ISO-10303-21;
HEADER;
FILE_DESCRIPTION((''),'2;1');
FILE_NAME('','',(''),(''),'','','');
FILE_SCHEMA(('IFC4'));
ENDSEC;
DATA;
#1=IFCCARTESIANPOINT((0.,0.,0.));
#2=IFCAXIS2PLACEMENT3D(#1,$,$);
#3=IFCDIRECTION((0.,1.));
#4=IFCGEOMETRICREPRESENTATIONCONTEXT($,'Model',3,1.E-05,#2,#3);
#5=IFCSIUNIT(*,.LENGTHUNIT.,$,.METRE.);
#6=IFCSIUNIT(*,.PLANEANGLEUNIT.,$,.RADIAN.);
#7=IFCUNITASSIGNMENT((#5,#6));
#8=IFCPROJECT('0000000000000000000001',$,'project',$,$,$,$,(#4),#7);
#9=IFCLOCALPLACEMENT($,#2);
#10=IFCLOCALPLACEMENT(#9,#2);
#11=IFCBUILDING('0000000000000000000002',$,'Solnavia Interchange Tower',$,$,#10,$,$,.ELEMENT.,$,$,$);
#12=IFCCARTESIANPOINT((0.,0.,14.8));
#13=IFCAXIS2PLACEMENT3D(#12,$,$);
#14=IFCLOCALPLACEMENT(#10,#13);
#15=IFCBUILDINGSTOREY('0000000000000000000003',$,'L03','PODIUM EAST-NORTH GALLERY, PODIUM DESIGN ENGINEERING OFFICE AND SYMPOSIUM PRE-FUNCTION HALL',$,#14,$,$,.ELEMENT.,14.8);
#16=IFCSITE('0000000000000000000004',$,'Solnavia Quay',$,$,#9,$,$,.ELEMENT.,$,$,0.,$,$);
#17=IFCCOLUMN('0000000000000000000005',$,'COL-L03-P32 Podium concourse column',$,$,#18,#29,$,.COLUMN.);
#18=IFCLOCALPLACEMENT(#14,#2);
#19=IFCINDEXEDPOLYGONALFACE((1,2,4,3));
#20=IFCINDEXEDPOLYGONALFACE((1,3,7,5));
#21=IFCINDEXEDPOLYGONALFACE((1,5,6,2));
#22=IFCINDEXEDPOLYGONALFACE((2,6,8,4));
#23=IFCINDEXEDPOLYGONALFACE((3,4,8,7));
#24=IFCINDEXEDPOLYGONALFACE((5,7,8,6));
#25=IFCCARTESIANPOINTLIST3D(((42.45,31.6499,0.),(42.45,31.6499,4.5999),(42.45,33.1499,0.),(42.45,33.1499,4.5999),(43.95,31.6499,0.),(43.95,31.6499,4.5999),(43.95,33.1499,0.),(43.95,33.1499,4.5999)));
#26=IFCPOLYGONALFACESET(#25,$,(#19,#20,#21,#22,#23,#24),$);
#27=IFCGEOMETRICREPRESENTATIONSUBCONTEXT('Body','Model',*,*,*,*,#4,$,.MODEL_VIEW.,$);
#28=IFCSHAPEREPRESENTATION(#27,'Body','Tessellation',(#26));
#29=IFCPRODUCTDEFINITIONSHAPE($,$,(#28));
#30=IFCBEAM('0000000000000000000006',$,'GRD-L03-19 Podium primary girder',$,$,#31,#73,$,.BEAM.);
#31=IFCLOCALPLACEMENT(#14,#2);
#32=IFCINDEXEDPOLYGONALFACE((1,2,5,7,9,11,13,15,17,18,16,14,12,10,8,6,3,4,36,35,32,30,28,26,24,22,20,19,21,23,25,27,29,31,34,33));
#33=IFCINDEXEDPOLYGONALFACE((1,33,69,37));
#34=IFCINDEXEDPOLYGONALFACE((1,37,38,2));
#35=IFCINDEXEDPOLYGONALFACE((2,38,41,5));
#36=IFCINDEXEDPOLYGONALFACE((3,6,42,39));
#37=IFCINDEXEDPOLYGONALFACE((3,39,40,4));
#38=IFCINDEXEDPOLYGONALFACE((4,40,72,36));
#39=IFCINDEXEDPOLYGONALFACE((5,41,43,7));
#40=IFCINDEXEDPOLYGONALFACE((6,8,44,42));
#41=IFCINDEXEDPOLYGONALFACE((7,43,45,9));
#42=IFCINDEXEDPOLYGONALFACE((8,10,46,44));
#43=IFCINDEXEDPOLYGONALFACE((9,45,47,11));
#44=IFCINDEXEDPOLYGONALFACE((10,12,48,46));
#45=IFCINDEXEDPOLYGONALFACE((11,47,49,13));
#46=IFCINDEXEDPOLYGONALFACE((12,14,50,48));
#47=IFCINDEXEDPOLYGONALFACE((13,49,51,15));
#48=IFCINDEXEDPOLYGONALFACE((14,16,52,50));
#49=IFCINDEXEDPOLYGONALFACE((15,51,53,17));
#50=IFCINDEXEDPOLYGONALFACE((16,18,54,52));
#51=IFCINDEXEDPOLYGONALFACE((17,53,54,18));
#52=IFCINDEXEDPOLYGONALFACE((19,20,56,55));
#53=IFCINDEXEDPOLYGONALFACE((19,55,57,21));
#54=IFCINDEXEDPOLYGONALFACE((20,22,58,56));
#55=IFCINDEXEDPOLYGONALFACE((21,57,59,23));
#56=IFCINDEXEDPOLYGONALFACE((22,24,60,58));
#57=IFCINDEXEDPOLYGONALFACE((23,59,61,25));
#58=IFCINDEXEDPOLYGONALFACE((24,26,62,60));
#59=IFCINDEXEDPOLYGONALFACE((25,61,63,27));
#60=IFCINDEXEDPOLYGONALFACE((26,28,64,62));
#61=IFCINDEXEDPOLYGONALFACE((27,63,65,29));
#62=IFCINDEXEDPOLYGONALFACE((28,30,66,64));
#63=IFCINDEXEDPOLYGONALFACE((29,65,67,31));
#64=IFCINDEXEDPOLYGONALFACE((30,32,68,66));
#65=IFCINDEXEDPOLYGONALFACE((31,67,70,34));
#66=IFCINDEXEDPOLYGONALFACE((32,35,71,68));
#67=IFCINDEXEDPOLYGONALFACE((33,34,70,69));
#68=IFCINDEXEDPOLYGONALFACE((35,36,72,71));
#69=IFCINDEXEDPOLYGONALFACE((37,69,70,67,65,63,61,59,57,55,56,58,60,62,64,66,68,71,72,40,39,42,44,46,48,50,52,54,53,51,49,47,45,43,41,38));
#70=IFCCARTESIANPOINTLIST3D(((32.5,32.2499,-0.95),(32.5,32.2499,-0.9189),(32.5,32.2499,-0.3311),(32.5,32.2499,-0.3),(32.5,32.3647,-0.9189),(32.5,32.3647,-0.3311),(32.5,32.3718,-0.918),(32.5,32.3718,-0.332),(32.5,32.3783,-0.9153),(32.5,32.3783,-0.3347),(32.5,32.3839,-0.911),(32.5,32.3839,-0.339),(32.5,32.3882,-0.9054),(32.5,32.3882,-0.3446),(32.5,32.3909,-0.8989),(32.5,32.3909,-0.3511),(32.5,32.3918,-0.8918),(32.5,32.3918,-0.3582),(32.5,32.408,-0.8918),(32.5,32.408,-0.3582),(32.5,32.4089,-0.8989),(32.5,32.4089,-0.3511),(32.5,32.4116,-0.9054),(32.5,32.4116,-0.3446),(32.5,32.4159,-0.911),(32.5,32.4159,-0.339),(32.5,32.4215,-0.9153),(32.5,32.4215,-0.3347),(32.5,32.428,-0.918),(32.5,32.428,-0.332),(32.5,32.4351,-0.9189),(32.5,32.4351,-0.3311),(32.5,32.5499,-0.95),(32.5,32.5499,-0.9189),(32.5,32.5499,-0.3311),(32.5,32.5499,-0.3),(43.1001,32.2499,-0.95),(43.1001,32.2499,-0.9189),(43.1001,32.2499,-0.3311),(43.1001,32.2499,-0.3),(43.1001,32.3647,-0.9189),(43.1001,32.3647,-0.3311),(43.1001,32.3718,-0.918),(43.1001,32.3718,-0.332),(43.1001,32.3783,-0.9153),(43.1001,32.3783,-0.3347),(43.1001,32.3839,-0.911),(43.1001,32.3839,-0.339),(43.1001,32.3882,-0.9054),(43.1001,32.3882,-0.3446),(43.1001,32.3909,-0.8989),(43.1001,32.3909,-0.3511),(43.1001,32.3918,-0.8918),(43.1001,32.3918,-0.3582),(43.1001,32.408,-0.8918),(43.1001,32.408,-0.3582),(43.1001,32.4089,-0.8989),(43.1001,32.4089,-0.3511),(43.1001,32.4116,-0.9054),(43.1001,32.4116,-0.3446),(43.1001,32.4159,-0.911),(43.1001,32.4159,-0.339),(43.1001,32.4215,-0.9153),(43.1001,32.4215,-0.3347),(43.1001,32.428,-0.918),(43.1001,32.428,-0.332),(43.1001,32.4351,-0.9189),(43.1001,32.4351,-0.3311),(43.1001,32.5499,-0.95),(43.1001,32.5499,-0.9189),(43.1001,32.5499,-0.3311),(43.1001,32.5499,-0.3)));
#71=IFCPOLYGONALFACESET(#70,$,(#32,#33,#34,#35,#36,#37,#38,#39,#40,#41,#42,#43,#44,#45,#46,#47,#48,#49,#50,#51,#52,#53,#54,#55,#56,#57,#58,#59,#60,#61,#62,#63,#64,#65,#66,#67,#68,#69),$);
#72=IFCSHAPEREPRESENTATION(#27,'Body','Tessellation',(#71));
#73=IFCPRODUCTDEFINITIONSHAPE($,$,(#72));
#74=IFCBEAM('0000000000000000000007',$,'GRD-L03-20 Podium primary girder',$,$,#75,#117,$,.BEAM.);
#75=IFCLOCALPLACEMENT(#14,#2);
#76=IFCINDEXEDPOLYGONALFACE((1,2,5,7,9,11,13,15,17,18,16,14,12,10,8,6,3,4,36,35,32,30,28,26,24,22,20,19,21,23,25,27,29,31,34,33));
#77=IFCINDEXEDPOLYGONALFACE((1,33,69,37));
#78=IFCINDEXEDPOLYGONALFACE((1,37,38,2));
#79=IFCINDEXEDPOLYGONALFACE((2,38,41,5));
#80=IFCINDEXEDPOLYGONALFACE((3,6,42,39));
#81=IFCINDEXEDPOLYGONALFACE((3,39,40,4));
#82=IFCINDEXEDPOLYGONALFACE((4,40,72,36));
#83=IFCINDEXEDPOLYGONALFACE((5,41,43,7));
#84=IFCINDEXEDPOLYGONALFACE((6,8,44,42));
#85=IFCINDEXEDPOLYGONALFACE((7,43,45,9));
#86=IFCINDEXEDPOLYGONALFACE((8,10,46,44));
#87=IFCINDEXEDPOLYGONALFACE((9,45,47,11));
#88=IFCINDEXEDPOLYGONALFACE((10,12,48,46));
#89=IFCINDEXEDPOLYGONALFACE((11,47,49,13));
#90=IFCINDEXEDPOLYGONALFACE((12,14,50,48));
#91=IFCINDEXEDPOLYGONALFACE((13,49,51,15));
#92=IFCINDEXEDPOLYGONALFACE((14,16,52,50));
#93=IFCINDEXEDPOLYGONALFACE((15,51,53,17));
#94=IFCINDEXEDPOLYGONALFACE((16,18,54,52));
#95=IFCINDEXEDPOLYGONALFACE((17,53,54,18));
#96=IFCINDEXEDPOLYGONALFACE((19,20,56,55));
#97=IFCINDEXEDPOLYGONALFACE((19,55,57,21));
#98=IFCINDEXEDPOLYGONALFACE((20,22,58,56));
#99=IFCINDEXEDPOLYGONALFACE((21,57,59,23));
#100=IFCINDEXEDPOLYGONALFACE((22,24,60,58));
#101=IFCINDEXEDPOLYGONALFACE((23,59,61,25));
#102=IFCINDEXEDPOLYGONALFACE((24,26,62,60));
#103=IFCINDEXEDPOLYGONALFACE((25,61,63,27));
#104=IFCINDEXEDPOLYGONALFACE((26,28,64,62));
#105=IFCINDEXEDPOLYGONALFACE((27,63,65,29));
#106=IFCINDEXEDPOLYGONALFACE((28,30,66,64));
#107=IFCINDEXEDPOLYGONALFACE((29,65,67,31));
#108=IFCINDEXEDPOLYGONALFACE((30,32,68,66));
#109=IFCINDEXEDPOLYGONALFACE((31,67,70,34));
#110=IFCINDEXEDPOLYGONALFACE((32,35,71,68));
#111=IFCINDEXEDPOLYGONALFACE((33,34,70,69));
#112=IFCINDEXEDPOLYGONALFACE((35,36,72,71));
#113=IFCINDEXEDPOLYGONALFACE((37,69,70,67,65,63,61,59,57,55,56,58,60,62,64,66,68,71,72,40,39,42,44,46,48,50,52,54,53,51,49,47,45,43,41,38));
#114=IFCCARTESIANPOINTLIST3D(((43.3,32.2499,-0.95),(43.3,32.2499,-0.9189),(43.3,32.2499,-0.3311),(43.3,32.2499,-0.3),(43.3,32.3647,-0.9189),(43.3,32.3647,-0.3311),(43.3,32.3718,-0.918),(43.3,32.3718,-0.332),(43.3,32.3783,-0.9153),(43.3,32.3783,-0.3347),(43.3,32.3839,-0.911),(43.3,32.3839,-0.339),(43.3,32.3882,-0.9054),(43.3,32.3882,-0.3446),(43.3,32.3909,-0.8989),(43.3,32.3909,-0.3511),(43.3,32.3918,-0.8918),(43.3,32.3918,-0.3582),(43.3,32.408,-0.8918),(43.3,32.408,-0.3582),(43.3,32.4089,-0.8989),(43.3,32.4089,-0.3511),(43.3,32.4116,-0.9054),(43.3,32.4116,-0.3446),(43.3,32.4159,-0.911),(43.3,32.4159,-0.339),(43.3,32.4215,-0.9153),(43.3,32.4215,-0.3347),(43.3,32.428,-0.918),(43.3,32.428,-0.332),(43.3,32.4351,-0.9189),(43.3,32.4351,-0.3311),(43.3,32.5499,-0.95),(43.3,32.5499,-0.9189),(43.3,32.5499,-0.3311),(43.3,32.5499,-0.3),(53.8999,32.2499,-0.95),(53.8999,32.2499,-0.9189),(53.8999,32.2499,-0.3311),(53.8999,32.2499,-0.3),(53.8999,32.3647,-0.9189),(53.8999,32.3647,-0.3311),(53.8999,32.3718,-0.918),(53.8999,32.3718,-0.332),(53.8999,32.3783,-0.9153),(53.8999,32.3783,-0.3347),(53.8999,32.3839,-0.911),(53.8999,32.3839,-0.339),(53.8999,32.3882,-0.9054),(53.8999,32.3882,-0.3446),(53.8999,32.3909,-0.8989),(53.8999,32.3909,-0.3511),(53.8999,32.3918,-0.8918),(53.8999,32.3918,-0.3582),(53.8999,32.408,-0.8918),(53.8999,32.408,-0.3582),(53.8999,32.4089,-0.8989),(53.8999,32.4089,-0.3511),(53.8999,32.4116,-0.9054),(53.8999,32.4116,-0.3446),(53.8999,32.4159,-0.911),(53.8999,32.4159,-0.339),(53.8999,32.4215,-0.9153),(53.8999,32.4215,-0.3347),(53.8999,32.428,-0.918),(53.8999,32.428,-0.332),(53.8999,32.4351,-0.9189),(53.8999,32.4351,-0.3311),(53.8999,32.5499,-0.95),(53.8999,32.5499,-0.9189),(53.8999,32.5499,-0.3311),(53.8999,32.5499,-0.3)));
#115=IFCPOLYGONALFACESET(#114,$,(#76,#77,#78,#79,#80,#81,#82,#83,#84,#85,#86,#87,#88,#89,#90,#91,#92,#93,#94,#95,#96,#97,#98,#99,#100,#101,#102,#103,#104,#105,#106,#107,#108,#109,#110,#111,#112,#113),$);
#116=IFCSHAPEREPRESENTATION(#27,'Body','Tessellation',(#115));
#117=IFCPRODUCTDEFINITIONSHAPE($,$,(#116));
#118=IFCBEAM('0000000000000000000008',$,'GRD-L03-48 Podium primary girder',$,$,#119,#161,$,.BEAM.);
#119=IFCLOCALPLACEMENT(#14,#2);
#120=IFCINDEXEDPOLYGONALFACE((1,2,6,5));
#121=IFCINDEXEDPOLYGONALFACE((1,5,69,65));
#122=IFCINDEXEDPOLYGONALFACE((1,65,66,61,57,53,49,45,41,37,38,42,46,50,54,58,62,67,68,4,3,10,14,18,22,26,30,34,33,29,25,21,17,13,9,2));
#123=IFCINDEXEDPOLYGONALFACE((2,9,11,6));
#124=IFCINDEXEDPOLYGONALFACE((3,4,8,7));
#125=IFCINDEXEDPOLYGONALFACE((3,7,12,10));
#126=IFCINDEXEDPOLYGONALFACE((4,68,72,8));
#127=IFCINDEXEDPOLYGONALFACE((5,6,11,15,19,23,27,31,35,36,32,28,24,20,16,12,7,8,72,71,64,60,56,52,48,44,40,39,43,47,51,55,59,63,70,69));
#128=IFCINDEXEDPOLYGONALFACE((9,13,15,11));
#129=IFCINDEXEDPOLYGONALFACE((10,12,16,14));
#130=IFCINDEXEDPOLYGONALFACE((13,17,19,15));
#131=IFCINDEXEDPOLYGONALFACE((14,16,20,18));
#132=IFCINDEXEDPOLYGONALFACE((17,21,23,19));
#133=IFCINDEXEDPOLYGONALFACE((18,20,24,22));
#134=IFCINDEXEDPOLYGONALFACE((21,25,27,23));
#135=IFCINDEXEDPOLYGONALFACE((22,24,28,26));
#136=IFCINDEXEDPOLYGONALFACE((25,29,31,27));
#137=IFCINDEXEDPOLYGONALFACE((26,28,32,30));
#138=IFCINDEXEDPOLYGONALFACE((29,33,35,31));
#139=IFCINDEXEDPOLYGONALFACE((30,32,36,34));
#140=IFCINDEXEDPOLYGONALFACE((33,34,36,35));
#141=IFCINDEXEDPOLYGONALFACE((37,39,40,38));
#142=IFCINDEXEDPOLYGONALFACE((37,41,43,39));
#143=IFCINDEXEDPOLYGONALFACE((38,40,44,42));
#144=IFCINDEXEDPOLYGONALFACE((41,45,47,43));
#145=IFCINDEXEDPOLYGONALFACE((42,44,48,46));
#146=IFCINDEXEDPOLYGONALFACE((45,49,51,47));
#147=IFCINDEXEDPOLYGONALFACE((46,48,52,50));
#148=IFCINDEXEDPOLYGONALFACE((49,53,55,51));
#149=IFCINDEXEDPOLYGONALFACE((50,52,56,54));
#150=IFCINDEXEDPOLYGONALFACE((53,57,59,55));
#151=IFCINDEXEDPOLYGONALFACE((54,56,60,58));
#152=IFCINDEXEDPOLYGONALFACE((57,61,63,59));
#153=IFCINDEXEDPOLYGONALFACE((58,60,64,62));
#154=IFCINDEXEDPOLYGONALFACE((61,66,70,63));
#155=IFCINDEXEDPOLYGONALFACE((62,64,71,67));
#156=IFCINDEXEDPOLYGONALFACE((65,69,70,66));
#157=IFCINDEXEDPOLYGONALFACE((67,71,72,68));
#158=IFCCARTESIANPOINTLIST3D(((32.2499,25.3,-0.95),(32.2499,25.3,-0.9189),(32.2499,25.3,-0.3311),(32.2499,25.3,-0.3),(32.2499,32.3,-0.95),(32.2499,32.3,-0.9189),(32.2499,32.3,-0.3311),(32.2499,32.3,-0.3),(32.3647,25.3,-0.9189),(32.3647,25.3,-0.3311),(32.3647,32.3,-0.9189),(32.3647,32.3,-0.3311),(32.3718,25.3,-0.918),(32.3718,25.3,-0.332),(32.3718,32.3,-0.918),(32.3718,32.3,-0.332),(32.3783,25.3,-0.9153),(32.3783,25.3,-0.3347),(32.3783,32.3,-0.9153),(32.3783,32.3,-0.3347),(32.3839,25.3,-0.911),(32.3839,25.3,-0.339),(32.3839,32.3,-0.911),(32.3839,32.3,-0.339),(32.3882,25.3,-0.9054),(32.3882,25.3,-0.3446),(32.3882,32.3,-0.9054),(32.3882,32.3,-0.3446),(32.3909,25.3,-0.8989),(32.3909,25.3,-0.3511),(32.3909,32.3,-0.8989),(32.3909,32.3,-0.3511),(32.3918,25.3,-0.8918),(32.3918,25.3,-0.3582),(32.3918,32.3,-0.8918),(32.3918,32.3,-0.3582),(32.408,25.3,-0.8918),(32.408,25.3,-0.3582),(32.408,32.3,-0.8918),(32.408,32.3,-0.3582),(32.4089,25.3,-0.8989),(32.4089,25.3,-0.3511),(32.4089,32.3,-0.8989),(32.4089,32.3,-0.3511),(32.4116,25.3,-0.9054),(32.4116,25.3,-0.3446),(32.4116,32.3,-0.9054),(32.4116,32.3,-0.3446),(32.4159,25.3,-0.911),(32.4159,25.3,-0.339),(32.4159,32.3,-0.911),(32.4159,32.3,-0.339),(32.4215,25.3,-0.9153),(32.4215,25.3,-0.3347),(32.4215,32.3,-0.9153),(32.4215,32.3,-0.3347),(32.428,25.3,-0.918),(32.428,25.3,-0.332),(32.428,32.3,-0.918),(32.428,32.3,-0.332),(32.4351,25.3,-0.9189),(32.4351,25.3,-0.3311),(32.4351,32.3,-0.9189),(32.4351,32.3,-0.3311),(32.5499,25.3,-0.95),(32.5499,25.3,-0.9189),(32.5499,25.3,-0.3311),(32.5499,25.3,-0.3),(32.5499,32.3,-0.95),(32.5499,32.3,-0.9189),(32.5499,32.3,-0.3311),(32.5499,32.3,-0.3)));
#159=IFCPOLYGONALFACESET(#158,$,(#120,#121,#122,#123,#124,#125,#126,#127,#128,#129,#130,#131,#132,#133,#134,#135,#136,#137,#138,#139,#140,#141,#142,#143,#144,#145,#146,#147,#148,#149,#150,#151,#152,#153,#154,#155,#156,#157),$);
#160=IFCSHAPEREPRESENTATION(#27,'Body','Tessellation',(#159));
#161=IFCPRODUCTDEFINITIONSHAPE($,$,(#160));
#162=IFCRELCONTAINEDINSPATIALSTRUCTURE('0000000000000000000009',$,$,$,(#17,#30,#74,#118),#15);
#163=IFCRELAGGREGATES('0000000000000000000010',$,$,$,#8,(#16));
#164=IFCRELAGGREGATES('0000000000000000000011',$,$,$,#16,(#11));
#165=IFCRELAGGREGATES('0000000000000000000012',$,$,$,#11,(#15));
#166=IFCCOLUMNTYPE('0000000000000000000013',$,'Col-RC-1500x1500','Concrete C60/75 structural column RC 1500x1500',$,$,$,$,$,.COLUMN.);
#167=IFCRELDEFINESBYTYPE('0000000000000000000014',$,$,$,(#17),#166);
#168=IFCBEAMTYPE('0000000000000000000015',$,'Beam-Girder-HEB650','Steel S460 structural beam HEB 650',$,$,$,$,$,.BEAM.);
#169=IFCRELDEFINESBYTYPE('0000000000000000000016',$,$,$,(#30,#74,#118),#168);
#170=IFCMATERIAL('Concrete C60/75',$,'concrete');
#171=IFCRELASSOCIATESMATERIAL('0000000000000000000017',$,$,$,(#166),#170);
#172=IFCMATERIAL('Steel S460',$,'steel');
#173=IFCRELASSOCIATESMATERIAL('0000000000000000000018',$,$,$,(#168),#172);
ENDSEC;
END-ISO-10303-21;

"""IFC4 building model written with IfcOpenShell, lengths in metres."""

from ifc_helpers import new_model, si_unit, direction, frame, origin, origin_2d, place, context, subcontext, project, spatial, rectangle, i_section, extrude, material, material_profile, profile_set, type_object, element, save


model = new_model("IFC4")

# Units and contexts
model_context = context("Model", 3, precision=1e-05, world=origin(), true_north=direction((0.0, 1.0)))
body_context = subcontext(model_context, "Body", "Model", "MODEL_VIEW")
ifc_project = project(units=[si_unit("LENGTHUNIT", "METRE"), si_unit("PLANEANGLEUNIT", "RADIAN")], contexts=[model_context])

# Site, building, storey
site_placement = place(None, origin())
site = spatial("IfcSite", under=ifc_project, at=site_placement, Name="Solnavia Quay", CompositionType="ELEMENT", RefElevation=0.0)
building_placement = place(site_placement, origin())
building = spatial("IfcBuilding", under=site, at=building_placement, Name="Solnavia Interchange Tower", CompositionType="ELEMENT")
storey_placement = place(building_placement, frame((0.0, 0.0, 14.8)))
storey = spatial("IfcBuildingStorey", under=building, at=storey_placement, Name="L03", Description="PODIUM EAST-NORTH GALLERY, PODIUM DESIGN ENGINEERING OFFICE AND SYMPOSIUM PRE-FUNCTION HALL", CompositionType="ELEMENT", Elevation=14.8)

# Column
ifc_material_1 = material(Name="Concrete C60/75", Category="concrete")
ifc_material_profile_1 = material_profile(ifc_material_1, rectangle(XDim=1.5, YDim=1.5, at=origin_2d()), Name="RC 1500x1500")
ifc_profile_set_1 = profile_set([ifc_material_profile_1], Name="Concrete C60/75")
column_type = type_object("IfcColumnType", Name="Col-RC-1500x1500", Description="Concrete C60/75 structural column RC 1500x1500", PredefinedType="COLUMN", material=ifc_profile_set_1)
column_placement = place(storey_placement, frame((43.2, 32.3999, 0.0), z_axis=(0.0, 0.0, 1.0), x_axis=(1.0, 0.0, 0.0)))
element("IfcColumn", 1, at=column_placement, inside=storey, type_object=column_type, Name="COL-L03-P32 Podium concourse column", PredefinedType="COLUMN", context=body_context, shape_type="SweptSolid", body=[
    extrude(rectangle(XDim=1.5, YDim=1.5, at=origin_2d()), origin(), (0.0, 0.0, 1.0), 4.5999),
])

# Beams
ifc_material_2 = material(Name="Steel S460", Category="steel")
ifc_material_profile_2 = material_profile(ifc_material_2, i_section(OverallWidth=0.3, OverallDepth=0.6499, WebThickness=0.0161, FlangeThickness=0.031, FilletRadius=0.0271, at=origin_2d()), Name="HEB 650")
ifc_profile_set_2 = profile_set([ifc_material_profile_2], Name="Steel S460")
beam_type_1 = type_object("IfcBeamType", Name="Beam-Girder-HEB650", Description="Steel S460 structural beam HEB 650", PredefinedType="BEAM", material=ifc_profile_set_2)
beam_1_placement = place(storey_placement, frame((32.5, 32.3999, -0.625), z_axis=(1.0, 0.0, 0.0), x_axis=(0.0, 1.0, 0.0)))
element("IfcBeam", 2, at=beam_1_placement, inside=storey, type_object=beam_type_1, Name="GRD-L03-19 Podium primary girder", PredefinedType="BEAM", context=body_context, shape_type="SweptSolid", body=[
    extrude(i_section(OverallWidth=0.3, OverallDepth=0.6499, WebThickness=0.0161, FlangeThickness=0.031, FilletRadius=0.0271, at=origin_2d()), origin(), (0.0, 0.0, 1.0), 10.6001),
])
beam_2_placement = place(storey_placement, frame((43.3, 32.3999, -0.625), z_axis=(1.0, 0.0, 0.0), x_axis=(0.0, 1.0, 0.0)))
element("IfcBeam", 3, at=beam_2_placement, inside=storey, type_object=beam_type_1, Name="GRD-L03-20 Podium primary girder", PredefinedType="BEAM", context=body_context, shape_type="SweptSolid", body=[
    extrude(i_section(OverallWidth=0.3, OverallDepth=0.6499, WebThickness=0.0161, FlangeThickness=0.031, FilletRadius=0.0271, at=origin_2d()), origin(), (0.0, 0.0, 1.0), 10.5999),
])
beam_3_placement = place(storey_placement, frame((32.3999, 25.3, -0.625), z_axis=(0.0, 1.0, 0.0), x_axis=(-1.0, 0.0, 0.0)))
element("IfcBeam", 4, at=beam_3_placement, inside=storey, type_object=beam_type_1, Name="GRD-L03-48 Podium primary girder", PredefinedType="BEAM", context=body_context, shape_type="SweptSolid", body=[
    extrude(i_section(OverallWidth=0.3, OverallDepth=0.6499, WebThickness=0.0161, FlangeThickness=0.031, FilletRadius=0.0271, at=origin_2d()), origin(), (0.0, 0.0, 1.0), 7.0),
])

save(model, "model.ifc")
